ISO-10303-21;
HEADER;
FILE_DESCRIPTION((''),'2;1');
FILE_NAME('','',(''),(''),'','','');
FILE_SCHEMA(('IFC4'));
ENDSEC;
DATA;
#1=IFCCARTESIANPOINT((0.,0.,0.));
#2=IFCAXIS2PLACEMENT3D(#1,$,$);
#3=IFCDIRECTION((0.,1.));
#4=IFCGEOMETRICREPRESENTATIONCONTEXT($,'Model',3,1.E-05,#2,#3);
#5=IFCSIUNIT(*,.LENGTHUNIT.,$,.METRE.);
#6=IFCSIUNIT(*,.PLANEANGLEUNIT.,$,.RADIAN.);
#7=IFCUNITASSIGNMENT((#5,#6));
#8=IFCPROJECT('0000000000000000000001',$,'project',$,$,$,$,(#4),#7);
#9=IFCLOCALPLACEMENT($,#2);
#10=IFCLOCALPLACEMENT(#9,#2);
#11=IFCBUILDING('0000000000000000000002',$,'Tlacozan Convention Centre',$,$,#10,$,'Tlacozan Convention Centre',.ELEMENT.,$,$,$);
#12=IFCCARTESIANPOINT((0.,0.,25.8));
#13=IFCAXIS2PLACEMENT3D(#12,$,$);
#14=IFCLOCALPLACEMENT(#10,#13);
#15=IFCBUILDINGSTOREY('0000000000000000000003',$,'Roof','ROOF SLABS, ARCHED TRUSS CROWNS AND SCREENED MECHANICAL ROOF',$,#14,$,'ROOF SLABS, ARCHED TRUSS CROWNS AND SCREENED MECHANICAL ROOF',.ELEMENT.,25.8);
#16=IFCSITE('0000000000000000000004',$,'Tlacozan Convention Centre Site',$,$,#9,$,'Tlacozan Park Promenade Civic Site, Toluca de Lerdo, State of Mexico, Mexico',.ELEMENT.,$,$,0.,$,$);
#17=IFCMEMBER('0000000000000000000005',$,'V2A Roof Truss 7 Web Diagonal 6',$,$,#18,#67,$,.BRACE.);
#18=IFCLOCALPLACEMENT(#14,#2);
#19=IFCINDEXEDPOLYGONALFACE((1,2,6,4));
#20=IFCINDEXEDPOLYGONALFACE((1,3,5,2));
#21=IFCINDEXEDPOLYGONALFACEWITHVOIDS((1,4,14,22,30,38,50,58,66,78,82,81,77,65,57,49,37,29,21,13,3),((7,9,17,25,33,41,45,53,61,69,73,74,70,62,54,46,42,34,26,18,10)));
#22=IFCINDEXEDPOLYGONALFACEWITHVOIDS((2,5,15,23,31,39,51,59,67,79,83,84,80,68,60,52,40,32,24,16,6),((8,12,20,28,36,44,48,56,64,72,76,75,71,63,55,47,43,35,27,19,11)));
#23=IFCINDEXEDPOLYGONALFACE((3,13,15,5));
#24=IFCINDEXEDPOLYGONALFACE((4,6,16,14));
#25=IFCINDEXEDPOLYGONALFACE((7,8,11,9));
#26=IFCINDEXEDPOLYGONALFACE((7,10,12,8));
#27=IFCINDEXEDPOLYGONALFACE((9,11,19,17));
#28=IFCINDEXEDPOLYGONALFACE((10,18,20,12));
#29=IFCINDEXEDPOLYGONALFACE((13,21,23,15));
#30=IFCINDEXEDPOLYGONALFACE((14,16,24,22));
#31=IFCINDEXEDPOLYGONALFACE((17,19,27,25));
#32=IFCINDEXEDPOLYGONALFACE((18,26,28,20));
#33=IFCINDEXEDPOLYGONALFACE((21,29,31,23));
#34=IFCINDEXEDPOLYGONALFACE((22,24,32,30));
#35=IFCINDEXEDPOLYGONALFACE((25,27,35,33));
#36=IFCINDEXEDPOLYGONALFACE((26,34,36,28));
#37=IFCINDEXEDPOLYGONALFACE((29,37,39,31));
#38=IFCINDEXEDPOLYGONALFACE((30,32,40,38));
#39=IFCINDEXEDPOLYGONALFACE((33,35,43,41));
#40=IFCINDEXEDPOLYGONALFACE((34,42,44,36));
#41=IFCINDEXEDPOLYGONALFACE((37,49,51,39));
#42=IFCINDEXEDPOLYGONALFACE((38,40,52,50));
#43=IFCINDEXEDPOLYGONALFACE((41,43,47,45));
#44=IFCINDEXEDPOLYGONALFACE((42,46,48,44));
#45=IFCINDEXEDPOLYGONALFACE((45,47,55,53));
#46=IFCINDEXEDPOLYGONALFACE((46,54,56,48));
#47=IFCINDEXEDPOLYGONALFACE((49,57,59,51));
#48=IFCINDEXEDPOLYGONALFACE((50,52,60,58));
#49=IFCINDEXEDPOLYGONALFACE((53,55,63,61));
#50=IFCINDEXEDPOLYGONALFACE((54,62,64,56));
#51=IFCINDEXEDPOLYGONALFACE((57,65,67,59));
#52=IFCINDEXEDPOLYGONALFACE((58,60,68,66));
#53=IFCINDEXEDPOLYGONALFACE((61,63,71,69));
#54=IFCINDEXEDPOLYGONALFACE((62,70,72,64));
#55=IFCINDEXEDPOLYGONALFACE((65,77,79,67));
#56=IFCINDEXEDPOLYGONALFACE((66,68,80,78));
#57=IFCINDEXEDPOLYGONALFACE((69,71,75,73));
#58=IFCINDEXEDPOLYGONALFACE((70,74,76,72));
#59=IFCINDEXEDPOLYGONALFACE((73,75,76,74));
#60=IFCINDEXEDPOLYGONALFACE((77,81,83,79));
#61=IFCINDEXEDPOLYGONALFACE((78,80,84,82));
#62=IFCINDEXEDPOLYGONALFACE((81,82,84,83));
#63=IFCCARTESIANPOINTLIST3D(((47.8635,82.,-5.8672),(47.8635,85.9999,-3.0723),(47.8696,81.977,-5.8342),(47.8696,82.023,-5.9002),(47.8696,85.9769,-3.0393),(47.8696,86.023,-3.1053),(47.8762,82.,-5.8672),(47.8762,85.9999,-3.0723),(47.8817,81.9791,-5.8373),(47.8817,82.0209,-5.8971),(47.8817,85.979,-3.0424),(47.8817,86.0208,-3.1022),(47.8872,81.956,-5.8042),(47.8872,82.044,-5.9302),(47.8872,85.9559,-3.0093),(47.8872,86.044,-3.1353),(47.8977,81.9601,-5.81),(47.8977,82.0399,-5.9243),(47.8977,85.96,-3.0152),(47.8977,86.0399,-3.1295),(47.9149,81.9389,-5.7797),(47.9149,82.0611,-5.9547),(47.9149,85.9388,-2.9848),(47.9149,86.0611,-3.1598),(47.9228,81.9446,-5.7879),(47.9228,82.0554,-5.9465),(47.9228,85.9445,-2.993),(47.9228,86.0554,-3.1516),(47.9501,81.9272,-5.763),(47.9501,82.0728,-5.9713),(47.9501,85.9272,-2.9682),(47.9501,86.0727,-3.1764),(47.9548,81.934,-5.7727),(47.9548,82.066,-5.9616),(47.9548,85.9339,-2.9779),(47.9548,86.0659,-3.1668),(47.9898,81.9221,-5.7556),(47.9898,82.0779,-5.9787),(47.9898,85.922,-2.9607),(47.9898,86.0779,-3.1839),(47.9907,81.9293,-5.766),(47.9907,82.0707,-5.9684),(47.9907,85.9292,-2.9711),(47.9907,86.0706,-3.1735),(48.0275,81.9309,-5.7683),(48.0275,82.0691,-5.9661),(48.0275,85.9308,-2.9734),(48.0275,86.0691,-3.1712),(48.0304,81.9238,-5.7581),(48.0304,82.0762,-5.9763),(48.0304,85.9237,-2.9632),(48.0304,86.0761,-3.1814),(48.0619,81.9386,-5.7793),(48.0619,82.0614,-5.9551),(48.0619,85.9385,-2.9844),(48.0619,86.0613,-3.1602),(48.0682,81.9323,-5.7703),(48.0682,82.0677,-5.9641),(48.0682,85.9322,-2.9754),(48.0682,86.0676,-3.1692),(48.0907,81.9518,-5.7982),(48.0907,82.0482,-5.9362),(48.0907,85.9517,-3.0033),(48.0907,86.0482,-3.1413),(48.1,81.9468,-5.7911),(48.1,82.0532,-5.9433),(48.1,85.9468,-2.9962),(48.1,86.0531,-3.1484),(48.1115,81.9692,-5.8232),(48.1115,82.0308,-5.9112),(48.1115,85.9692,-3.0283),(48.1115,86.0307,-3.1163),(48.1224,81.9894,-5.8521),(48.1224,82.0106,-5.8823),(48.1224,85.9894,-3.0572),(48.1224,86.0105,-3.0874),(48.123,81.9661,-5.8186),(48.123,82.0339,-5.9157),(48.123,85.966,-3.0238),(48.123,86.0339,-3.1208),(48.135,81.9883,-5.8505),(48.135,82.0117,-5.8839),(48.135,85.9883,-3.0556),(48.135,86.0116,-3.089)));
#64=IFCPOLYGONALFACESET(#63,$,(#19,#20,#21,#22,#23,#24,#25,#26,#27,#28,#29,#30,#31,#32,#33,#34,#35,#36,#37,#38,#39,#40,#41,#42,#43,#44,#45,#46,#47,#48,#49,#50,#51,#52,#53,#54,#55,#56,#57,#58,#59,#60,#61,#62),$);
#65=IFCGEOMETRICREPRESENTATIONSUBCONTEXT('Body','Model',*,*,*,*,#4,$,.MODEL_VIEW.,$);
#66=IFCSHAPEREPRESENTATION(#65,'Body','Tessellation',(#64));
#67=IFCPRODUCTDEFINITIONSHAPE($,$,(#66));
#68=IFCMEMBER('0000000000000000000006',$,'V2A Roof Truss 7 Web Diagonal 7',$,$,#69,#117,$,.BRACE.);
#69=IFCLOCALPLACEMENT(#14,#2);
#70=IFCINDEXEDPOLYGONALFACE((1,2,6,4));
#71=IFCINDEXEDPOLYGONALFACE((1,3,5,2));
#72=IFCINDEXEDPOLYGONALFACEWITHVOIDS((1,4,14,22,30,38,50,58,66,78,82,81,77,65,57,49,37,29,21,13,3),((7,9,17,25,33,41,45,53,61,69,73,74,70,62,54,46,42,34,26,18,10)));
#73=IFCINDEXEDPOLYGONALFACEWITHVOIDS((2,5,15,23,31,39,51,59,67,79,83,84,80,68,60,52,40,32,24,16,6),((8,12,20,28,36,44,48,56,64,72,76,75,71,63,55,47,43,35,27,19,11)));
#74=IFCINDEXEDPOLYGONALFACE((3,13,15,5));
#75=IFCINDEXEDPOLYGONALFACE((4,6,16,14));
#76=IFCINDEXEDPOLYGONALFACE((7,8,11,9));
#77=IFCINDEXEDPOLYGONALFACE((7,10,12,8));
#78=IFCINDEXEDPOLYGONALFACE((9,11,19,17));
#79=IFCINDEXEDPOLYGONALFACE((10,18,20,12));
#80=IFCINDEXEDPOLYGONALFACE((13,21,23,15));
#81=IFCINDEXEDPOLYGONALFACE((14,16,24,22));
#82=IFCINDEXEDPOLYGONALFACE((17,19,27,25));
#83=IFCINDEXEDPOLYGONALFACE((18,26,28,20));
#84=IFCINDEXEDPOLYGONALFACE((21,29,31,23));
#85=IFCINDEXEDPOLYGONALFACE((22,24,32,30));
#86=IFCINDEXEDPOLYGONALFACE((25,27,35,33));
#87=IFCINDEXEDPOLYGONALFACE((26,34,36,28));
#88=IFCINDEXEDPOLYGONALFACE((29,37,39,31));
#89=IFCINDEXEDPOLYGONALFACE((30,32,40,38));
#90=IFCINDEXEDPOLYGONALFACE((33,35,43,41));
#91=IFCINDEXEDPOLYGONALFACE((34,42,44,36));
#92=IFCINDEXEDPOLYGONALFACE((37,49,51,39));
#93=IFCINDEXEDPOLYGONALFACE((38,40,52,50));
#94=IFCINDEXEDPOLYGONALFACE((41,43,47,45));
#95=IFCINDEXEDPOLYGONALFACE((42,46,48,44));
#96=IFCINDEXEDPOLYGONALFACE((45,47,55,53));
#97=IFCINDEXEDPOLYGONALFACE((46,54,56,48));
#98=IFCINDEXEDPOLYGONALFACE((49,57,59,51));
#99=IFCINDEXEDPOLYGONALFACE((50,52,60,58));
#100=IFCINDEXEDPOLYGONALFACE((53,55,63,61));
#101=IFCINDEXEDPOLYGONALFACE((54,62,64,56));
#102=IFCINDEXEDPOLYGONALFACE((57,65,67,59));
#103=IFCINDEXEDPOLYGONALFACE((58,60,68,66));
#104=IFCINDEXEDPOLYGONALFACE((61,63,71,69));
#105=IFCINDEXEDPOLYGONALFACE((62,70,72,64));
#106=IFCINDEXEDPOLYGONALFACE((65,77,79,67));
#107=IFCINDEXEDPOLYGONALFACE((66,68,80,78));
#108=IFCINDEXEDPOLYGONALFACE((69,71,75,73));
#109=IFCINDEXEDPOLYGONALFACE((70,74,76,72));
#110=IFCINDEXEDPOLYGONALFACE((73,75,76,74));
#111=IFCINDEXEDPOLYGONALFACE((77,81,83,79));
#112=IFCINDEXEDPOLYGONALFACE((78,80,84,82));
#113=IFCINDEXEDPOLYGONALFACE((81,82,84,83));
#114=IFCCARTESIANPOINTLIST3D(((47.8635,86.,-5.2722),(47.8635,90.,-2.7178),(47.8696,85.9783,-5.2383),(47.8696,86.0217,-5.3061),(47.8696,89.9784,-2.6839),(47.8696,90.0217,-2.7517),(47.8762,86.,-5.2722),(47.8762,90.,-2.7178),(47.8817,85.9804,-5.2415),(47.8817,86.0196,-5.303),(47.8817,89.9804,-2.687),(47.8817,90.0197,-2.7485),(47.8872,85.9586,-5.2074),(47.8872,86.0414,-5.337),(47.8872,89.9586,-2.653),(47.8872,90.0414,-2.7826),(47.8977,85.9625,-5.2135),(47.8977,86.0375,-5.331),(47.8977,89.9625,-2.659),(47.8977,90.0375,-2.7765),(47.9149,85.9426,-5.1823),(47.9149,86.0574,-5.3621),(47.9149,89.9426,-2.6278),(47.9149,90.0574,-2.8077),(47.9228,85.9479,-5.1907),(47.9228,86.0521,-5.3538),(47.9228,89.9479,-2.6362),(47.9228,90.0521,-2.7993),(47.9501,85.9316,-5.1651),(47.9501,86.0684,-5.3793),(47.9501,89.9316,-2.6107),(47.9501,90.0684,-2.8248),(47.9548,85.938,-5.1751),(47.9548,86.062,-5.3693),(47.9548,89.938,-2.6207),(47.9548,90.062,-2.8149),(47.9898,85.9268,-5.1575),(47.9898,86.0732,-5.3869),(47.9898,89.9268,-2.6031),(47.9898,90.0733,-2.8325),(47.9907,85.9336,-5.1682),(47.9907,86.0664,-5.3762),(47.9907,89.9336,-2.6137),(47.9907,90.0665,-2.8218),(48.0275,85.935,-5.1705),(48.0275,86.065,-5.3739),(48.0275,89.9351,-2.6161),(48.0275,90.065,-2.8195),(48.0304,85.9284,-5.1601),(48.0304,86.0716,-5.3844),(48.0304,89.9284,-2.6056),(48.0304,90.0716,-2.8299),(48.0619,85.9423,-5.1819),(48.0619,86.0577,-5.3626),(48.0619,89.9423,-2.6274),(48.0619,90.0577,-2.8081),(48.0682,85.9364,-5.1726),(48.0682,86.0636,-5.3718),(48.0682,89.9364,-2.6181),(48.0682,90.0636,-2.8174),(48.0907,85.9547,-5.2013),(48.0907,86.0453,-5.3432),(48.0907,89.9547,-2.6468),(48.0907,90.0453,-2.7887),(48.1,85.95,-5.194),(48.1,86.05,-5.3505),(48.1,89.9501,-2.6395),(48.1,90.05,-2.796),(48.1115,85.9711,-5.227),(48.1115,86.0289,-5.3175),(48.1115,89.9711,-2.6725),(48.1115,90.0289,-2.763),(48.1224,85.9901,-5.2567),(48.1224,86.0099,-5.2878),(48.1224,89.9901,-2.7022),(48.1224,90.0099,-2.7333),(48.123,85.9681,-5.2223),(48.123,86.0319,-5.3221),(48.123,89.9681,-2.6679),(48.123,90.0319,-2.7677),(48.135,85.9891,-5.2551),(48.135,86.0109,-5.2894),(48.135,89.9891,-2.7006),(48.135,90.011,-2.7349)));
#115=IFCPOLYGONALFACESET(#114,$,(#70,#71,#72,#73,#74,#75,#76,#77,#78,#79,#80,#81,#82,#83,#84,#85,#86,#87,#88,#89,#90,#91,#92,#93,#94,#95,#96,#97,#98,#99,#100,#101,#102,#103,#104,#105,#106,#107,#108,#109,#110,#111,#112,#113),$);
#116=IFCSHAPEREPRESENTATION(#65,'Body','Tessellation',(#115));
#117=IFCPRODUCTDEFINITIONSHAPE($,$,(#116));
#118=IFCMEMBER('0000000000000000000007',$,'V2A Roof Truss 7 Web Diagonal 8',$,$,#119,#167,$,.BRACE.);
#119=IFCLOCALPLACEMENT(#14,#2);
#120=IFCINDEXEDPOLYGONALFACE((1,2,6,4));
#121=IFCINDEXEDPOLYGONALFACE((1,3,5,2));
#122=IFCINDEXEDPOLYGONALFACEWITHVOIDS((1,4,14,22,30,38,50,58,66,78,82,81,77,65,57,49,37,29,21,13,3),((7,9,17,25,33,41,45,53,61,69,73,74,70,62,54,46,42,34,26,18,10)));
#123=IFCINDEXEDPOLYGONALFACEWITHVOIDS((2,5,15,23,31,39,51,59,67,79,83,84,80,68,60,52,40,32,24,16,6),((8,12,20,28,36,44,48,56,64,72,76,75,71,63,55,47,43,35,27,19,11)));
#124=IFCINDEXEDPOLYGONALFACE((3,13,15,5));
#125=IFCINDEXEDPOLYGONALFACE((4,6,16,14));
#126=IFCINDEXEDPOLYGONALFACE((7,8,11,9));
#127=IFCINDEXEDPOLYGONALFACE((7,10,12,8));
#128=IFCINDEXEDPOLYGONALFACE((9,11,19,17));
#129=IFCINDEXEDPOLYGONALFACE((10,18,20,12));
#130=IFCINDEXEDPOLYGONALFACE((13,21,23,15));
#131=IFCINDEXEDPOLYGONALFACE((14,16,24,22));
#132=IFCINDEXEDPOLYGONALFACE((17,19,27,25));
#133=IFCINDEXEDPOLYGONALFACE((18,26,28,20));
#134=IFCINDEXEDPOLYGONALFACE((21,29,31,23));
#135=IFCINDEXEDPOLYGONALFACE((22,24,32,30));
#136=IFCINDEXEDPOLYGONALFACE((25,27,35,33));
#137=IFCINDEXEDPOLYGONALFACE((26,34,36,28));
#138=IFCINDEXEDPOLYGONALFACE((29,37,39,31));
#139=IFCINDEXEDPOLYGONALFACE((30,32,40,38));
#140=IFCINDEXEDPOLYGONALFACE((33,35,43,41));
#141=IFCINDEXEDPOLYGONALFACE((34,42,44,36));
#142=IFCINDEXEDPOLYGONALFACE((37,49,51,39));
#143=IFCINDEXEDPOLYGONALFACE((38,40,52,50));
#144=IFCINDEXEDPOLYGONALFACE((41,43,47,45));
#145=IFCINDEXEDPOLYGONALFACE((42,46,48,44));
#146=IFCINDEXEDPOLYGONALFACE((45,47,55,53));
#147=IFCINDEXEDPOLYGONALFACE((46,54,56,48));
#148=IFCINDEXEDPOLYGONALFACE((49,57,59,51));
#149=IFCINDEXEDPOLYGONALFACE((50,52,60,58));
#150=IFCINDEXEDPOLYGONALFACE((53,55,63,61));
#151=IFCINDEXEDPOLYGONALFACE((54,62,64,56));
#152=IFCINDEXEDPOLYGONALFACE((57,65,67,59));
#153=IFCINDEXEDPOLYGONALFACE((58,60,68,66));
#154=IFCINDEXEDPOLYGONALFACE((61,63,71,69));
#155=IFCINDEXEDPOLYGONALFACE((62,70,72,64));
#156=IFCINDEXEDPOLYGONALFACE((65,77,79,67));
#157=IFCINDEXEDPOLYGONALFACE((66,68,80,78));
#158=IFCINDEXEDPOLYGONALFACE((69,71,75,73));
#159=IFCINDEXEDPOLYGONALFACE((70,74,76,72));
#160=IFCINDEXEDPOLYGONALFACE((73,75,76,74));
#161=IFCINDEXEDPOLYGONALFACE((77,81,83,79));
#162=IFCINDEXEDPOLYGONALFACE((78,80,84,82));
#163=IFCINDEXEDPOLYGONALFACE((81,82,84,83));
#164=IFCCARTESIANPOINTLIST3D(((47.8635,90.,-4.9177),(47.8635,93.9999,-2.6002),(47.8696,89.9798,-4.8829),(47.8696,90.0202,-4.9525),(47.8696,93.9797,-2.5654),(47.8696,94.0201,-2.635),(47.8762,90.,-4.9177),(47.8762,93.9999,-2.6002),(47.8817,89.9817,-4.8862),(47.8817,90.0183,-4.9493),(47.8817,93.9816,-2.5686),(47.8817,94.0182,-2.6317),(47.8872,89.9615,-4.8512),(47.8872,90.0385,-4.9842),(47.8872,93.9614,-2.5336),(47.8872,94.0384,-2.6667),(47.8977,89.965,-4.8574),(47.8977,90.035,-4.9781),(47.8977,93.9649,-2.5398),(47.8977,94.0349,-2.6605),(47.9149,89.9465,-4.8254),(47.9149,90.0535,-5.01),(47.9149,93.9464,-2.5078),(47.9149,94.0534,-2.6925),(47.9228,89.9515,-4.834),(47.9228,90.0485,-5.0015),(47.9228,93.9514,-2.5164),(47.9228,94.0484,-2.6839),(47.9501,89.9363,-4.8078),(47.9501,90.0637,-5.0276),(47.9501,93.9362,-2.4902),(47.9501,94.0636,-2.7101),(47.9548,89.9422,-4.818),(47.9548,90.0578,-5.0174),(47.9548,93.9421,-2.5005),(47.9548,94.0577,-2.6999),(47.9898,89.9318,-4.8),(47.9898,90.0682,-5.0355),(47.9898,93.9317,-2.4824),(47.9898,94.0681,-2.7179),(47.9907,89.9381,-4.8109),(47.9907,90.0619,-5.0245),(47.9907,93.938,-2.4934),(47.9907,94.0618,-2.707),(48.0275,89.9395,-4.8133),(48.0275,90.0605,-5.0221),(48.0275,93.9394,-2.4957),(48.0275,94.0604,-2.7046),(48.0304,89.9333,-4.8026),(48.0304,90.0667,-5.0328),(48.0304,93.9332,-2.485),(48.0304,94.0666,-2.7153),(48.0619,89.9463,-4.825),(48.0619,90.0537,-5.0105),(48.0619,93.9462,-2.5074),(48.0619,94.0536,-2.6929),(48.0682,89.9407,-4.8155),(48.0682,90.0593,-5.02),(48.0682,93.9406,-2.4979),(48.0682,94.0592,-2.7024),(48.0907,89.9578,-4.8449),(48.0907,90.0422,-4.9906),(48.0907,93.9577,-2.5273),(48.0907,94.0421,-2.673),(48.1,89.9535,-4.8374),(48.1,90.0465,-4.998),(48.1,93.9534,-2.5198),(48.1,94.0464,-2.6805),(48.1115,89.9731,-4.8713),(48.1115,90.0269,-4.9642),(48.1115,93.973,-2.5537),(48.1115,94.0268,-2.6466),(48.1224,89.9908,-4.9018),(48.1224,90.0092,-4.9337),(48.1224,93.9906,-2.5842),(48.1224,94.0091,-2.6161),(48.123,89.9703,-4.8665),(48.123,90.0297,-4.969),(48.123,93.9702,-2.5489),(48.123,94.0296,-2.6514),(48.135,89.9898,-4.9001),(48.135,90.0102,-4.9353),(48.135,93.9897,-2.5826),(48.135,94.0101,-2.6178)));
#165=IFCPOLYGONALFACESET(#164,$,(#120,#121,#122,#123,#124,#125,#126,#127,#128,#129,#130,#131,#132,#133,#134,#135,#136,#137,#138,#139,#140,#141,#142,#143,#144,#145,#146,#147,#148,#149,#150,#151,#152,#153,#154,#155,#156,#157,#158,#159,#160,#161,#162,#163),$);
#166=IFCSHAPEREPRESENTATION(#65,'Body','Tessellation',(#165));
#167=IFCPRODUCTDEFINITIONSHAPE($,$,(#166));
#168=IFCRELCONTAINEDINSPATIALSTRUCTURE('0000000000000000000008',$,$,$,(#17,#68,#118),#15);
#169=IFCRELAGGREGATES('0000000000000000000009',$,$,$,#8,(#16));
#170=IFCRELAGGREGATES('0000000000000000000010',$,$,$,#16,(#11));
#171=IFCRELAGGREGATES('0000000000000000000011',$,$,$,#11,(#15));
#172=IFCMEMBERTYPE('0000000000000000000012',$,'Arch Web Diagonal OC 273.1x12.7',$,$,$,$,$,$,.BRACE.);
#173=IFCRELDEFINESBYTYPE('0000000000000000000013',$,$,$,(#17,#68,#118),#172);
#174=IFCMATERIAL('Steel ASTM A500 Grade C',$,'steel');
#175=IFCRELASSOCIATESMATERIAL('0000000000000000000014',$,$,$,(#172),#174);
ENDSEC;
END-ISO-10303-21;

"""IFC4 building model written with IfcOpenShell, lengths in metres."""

from ifc_helpers import new_model, si_unit, direction, frame, origin, origin_2d, place, context, subcontext, project, spatial, hollow_circle, extrude, material, material_profile, profile_set, type_object, element, save


model = new_model("IFC4")

# Units and contexts
model_context = context("Model", 3, precision=1e-05, world=origin(), true_north=direction((0.0, 1.0)))
body_context = subcontext(model_context, "Body", "Model", "MODEL_VIEW")
ifc_project = project(units=[si_unit("LENGTHUNIT", "METRE"), si_unit("PLANEANGLEUNIT", "RADIAN")], contexts=[model_context])

# Site, building, storey
site_placement = place(None, origin())
site = spatial("IfcSite", under=ifc_project, at=site_placement, Name="Tlacozan Convention Centre Site", LongName="Tlacozan Park Promenade Civic Site, Toluca de Lerdo, State of Mexico, Mexico", CompositionType="ELEMENT", RefElevation=0.0)
building_placement = place(site_placement, origin())
building = spatial("IfcBuilding", under=site, at=building_placement, Name="Tlacozan Convention Centre", LongName="Tlacozan Convention Centre", CompositionType="ELEMENT")
storey_placement = place(building_placement, frame((0.0, 0.0, 25.8)))
storey = spatial("IfcBuildingStorey", under=building, at=storey_placement, Name="Roof", Description="ROOF SLABS, ARCHED TRUSS CROWNS AND SCREENED MECHANICAL ROOF", LongName="ROOF SLABS, ARCHED TRUSS CROWNS AND SCREENED MECHANICAL ROOF", CompositionType="ELEMENT", Elevation=25.8)

# Members
ifc_material_1 = material(Name="Steel ASTM A500 Grade C", Category="steel")
ifc_material_profile_1 = material_profile(ifc_material_1, hollow_circle(Radius=0.1365, WallThickness=0.0127, at=origin_2d()), Name="OC 273.1x12.7")
ifc_profile_set_1 = profile_set([ifc_material_profile_1], Name="Steel ASTM A500 Grade C")
member_type_1 = type_object("IfcMemberType", Name="Arch Web Diagonal OC 273.1x12.7", PredefinedType="BRACE", material=ifc_profile_set_1)
member_1_placement = place(storey_placement, frame((48.0, 82.0, -5.8672), z_axis=(0.0, 0.819721, 0.572764), x_axis=(-1.0, 0.0, 0.0)))
element("IfcMember", 1, at=member_1_placement, inside=storey, type_object=member_type_1, Name="V2A Roof Truss 7 Web Diagonal 6", PredefinedType="BRACE", context=body_context, shape_type="SweptSolid", body=[
    extrude(hollow_circle(Radius=0.1365, WallThickness=0.0127, at=origin_2d()), origin(), (0.0, 0.0, 1.0), 4.8796),
])
member_2_placement = place(storey_placement, frame((48.0, 86.0, -5.2722), z_axis=(0.0, 0.842803, 0.538223), x_axis=(-1.0, 0.0, 0.0)))
element("IfcMember", 2, at=member_2_placement, inside=storey, type_object=member_type_1, Name="V2A Roof Truss 7 Web Diagonal 7", PredefinedType="BRACE", context=body_context, shape_type="SweptSolid", body=[
    extrude(hollow_circle(Radius=0.1365, WallThickness=0.0127, at=origin_2d()), origin(), (0.0, 0.0, 1.0), 4.7461),
])
member_3_placement = place(storey_placement, frame((48.0, 90.0, -4.9177), z_axis=(0.0, 0.865254, 0.501334), x_axis=(-1.0, 0.0, 0.0)))
element("IfcMember", 3, at=member_3_placement, inside=storey, type_object=member_type_1, Name="V2A Roof Truss 7 Web Diagonal 8", PredefinedType="BRACE", context=body_context, shape_type="SweptSolid", body=[
    extrude(hollow_circle(Radius=0.1365, WallThickness=0.0127, at=origin_2d()), origin(), (0.0, 0.0, 1.0), 4.6228),
])

save(model, "model.ifc")
